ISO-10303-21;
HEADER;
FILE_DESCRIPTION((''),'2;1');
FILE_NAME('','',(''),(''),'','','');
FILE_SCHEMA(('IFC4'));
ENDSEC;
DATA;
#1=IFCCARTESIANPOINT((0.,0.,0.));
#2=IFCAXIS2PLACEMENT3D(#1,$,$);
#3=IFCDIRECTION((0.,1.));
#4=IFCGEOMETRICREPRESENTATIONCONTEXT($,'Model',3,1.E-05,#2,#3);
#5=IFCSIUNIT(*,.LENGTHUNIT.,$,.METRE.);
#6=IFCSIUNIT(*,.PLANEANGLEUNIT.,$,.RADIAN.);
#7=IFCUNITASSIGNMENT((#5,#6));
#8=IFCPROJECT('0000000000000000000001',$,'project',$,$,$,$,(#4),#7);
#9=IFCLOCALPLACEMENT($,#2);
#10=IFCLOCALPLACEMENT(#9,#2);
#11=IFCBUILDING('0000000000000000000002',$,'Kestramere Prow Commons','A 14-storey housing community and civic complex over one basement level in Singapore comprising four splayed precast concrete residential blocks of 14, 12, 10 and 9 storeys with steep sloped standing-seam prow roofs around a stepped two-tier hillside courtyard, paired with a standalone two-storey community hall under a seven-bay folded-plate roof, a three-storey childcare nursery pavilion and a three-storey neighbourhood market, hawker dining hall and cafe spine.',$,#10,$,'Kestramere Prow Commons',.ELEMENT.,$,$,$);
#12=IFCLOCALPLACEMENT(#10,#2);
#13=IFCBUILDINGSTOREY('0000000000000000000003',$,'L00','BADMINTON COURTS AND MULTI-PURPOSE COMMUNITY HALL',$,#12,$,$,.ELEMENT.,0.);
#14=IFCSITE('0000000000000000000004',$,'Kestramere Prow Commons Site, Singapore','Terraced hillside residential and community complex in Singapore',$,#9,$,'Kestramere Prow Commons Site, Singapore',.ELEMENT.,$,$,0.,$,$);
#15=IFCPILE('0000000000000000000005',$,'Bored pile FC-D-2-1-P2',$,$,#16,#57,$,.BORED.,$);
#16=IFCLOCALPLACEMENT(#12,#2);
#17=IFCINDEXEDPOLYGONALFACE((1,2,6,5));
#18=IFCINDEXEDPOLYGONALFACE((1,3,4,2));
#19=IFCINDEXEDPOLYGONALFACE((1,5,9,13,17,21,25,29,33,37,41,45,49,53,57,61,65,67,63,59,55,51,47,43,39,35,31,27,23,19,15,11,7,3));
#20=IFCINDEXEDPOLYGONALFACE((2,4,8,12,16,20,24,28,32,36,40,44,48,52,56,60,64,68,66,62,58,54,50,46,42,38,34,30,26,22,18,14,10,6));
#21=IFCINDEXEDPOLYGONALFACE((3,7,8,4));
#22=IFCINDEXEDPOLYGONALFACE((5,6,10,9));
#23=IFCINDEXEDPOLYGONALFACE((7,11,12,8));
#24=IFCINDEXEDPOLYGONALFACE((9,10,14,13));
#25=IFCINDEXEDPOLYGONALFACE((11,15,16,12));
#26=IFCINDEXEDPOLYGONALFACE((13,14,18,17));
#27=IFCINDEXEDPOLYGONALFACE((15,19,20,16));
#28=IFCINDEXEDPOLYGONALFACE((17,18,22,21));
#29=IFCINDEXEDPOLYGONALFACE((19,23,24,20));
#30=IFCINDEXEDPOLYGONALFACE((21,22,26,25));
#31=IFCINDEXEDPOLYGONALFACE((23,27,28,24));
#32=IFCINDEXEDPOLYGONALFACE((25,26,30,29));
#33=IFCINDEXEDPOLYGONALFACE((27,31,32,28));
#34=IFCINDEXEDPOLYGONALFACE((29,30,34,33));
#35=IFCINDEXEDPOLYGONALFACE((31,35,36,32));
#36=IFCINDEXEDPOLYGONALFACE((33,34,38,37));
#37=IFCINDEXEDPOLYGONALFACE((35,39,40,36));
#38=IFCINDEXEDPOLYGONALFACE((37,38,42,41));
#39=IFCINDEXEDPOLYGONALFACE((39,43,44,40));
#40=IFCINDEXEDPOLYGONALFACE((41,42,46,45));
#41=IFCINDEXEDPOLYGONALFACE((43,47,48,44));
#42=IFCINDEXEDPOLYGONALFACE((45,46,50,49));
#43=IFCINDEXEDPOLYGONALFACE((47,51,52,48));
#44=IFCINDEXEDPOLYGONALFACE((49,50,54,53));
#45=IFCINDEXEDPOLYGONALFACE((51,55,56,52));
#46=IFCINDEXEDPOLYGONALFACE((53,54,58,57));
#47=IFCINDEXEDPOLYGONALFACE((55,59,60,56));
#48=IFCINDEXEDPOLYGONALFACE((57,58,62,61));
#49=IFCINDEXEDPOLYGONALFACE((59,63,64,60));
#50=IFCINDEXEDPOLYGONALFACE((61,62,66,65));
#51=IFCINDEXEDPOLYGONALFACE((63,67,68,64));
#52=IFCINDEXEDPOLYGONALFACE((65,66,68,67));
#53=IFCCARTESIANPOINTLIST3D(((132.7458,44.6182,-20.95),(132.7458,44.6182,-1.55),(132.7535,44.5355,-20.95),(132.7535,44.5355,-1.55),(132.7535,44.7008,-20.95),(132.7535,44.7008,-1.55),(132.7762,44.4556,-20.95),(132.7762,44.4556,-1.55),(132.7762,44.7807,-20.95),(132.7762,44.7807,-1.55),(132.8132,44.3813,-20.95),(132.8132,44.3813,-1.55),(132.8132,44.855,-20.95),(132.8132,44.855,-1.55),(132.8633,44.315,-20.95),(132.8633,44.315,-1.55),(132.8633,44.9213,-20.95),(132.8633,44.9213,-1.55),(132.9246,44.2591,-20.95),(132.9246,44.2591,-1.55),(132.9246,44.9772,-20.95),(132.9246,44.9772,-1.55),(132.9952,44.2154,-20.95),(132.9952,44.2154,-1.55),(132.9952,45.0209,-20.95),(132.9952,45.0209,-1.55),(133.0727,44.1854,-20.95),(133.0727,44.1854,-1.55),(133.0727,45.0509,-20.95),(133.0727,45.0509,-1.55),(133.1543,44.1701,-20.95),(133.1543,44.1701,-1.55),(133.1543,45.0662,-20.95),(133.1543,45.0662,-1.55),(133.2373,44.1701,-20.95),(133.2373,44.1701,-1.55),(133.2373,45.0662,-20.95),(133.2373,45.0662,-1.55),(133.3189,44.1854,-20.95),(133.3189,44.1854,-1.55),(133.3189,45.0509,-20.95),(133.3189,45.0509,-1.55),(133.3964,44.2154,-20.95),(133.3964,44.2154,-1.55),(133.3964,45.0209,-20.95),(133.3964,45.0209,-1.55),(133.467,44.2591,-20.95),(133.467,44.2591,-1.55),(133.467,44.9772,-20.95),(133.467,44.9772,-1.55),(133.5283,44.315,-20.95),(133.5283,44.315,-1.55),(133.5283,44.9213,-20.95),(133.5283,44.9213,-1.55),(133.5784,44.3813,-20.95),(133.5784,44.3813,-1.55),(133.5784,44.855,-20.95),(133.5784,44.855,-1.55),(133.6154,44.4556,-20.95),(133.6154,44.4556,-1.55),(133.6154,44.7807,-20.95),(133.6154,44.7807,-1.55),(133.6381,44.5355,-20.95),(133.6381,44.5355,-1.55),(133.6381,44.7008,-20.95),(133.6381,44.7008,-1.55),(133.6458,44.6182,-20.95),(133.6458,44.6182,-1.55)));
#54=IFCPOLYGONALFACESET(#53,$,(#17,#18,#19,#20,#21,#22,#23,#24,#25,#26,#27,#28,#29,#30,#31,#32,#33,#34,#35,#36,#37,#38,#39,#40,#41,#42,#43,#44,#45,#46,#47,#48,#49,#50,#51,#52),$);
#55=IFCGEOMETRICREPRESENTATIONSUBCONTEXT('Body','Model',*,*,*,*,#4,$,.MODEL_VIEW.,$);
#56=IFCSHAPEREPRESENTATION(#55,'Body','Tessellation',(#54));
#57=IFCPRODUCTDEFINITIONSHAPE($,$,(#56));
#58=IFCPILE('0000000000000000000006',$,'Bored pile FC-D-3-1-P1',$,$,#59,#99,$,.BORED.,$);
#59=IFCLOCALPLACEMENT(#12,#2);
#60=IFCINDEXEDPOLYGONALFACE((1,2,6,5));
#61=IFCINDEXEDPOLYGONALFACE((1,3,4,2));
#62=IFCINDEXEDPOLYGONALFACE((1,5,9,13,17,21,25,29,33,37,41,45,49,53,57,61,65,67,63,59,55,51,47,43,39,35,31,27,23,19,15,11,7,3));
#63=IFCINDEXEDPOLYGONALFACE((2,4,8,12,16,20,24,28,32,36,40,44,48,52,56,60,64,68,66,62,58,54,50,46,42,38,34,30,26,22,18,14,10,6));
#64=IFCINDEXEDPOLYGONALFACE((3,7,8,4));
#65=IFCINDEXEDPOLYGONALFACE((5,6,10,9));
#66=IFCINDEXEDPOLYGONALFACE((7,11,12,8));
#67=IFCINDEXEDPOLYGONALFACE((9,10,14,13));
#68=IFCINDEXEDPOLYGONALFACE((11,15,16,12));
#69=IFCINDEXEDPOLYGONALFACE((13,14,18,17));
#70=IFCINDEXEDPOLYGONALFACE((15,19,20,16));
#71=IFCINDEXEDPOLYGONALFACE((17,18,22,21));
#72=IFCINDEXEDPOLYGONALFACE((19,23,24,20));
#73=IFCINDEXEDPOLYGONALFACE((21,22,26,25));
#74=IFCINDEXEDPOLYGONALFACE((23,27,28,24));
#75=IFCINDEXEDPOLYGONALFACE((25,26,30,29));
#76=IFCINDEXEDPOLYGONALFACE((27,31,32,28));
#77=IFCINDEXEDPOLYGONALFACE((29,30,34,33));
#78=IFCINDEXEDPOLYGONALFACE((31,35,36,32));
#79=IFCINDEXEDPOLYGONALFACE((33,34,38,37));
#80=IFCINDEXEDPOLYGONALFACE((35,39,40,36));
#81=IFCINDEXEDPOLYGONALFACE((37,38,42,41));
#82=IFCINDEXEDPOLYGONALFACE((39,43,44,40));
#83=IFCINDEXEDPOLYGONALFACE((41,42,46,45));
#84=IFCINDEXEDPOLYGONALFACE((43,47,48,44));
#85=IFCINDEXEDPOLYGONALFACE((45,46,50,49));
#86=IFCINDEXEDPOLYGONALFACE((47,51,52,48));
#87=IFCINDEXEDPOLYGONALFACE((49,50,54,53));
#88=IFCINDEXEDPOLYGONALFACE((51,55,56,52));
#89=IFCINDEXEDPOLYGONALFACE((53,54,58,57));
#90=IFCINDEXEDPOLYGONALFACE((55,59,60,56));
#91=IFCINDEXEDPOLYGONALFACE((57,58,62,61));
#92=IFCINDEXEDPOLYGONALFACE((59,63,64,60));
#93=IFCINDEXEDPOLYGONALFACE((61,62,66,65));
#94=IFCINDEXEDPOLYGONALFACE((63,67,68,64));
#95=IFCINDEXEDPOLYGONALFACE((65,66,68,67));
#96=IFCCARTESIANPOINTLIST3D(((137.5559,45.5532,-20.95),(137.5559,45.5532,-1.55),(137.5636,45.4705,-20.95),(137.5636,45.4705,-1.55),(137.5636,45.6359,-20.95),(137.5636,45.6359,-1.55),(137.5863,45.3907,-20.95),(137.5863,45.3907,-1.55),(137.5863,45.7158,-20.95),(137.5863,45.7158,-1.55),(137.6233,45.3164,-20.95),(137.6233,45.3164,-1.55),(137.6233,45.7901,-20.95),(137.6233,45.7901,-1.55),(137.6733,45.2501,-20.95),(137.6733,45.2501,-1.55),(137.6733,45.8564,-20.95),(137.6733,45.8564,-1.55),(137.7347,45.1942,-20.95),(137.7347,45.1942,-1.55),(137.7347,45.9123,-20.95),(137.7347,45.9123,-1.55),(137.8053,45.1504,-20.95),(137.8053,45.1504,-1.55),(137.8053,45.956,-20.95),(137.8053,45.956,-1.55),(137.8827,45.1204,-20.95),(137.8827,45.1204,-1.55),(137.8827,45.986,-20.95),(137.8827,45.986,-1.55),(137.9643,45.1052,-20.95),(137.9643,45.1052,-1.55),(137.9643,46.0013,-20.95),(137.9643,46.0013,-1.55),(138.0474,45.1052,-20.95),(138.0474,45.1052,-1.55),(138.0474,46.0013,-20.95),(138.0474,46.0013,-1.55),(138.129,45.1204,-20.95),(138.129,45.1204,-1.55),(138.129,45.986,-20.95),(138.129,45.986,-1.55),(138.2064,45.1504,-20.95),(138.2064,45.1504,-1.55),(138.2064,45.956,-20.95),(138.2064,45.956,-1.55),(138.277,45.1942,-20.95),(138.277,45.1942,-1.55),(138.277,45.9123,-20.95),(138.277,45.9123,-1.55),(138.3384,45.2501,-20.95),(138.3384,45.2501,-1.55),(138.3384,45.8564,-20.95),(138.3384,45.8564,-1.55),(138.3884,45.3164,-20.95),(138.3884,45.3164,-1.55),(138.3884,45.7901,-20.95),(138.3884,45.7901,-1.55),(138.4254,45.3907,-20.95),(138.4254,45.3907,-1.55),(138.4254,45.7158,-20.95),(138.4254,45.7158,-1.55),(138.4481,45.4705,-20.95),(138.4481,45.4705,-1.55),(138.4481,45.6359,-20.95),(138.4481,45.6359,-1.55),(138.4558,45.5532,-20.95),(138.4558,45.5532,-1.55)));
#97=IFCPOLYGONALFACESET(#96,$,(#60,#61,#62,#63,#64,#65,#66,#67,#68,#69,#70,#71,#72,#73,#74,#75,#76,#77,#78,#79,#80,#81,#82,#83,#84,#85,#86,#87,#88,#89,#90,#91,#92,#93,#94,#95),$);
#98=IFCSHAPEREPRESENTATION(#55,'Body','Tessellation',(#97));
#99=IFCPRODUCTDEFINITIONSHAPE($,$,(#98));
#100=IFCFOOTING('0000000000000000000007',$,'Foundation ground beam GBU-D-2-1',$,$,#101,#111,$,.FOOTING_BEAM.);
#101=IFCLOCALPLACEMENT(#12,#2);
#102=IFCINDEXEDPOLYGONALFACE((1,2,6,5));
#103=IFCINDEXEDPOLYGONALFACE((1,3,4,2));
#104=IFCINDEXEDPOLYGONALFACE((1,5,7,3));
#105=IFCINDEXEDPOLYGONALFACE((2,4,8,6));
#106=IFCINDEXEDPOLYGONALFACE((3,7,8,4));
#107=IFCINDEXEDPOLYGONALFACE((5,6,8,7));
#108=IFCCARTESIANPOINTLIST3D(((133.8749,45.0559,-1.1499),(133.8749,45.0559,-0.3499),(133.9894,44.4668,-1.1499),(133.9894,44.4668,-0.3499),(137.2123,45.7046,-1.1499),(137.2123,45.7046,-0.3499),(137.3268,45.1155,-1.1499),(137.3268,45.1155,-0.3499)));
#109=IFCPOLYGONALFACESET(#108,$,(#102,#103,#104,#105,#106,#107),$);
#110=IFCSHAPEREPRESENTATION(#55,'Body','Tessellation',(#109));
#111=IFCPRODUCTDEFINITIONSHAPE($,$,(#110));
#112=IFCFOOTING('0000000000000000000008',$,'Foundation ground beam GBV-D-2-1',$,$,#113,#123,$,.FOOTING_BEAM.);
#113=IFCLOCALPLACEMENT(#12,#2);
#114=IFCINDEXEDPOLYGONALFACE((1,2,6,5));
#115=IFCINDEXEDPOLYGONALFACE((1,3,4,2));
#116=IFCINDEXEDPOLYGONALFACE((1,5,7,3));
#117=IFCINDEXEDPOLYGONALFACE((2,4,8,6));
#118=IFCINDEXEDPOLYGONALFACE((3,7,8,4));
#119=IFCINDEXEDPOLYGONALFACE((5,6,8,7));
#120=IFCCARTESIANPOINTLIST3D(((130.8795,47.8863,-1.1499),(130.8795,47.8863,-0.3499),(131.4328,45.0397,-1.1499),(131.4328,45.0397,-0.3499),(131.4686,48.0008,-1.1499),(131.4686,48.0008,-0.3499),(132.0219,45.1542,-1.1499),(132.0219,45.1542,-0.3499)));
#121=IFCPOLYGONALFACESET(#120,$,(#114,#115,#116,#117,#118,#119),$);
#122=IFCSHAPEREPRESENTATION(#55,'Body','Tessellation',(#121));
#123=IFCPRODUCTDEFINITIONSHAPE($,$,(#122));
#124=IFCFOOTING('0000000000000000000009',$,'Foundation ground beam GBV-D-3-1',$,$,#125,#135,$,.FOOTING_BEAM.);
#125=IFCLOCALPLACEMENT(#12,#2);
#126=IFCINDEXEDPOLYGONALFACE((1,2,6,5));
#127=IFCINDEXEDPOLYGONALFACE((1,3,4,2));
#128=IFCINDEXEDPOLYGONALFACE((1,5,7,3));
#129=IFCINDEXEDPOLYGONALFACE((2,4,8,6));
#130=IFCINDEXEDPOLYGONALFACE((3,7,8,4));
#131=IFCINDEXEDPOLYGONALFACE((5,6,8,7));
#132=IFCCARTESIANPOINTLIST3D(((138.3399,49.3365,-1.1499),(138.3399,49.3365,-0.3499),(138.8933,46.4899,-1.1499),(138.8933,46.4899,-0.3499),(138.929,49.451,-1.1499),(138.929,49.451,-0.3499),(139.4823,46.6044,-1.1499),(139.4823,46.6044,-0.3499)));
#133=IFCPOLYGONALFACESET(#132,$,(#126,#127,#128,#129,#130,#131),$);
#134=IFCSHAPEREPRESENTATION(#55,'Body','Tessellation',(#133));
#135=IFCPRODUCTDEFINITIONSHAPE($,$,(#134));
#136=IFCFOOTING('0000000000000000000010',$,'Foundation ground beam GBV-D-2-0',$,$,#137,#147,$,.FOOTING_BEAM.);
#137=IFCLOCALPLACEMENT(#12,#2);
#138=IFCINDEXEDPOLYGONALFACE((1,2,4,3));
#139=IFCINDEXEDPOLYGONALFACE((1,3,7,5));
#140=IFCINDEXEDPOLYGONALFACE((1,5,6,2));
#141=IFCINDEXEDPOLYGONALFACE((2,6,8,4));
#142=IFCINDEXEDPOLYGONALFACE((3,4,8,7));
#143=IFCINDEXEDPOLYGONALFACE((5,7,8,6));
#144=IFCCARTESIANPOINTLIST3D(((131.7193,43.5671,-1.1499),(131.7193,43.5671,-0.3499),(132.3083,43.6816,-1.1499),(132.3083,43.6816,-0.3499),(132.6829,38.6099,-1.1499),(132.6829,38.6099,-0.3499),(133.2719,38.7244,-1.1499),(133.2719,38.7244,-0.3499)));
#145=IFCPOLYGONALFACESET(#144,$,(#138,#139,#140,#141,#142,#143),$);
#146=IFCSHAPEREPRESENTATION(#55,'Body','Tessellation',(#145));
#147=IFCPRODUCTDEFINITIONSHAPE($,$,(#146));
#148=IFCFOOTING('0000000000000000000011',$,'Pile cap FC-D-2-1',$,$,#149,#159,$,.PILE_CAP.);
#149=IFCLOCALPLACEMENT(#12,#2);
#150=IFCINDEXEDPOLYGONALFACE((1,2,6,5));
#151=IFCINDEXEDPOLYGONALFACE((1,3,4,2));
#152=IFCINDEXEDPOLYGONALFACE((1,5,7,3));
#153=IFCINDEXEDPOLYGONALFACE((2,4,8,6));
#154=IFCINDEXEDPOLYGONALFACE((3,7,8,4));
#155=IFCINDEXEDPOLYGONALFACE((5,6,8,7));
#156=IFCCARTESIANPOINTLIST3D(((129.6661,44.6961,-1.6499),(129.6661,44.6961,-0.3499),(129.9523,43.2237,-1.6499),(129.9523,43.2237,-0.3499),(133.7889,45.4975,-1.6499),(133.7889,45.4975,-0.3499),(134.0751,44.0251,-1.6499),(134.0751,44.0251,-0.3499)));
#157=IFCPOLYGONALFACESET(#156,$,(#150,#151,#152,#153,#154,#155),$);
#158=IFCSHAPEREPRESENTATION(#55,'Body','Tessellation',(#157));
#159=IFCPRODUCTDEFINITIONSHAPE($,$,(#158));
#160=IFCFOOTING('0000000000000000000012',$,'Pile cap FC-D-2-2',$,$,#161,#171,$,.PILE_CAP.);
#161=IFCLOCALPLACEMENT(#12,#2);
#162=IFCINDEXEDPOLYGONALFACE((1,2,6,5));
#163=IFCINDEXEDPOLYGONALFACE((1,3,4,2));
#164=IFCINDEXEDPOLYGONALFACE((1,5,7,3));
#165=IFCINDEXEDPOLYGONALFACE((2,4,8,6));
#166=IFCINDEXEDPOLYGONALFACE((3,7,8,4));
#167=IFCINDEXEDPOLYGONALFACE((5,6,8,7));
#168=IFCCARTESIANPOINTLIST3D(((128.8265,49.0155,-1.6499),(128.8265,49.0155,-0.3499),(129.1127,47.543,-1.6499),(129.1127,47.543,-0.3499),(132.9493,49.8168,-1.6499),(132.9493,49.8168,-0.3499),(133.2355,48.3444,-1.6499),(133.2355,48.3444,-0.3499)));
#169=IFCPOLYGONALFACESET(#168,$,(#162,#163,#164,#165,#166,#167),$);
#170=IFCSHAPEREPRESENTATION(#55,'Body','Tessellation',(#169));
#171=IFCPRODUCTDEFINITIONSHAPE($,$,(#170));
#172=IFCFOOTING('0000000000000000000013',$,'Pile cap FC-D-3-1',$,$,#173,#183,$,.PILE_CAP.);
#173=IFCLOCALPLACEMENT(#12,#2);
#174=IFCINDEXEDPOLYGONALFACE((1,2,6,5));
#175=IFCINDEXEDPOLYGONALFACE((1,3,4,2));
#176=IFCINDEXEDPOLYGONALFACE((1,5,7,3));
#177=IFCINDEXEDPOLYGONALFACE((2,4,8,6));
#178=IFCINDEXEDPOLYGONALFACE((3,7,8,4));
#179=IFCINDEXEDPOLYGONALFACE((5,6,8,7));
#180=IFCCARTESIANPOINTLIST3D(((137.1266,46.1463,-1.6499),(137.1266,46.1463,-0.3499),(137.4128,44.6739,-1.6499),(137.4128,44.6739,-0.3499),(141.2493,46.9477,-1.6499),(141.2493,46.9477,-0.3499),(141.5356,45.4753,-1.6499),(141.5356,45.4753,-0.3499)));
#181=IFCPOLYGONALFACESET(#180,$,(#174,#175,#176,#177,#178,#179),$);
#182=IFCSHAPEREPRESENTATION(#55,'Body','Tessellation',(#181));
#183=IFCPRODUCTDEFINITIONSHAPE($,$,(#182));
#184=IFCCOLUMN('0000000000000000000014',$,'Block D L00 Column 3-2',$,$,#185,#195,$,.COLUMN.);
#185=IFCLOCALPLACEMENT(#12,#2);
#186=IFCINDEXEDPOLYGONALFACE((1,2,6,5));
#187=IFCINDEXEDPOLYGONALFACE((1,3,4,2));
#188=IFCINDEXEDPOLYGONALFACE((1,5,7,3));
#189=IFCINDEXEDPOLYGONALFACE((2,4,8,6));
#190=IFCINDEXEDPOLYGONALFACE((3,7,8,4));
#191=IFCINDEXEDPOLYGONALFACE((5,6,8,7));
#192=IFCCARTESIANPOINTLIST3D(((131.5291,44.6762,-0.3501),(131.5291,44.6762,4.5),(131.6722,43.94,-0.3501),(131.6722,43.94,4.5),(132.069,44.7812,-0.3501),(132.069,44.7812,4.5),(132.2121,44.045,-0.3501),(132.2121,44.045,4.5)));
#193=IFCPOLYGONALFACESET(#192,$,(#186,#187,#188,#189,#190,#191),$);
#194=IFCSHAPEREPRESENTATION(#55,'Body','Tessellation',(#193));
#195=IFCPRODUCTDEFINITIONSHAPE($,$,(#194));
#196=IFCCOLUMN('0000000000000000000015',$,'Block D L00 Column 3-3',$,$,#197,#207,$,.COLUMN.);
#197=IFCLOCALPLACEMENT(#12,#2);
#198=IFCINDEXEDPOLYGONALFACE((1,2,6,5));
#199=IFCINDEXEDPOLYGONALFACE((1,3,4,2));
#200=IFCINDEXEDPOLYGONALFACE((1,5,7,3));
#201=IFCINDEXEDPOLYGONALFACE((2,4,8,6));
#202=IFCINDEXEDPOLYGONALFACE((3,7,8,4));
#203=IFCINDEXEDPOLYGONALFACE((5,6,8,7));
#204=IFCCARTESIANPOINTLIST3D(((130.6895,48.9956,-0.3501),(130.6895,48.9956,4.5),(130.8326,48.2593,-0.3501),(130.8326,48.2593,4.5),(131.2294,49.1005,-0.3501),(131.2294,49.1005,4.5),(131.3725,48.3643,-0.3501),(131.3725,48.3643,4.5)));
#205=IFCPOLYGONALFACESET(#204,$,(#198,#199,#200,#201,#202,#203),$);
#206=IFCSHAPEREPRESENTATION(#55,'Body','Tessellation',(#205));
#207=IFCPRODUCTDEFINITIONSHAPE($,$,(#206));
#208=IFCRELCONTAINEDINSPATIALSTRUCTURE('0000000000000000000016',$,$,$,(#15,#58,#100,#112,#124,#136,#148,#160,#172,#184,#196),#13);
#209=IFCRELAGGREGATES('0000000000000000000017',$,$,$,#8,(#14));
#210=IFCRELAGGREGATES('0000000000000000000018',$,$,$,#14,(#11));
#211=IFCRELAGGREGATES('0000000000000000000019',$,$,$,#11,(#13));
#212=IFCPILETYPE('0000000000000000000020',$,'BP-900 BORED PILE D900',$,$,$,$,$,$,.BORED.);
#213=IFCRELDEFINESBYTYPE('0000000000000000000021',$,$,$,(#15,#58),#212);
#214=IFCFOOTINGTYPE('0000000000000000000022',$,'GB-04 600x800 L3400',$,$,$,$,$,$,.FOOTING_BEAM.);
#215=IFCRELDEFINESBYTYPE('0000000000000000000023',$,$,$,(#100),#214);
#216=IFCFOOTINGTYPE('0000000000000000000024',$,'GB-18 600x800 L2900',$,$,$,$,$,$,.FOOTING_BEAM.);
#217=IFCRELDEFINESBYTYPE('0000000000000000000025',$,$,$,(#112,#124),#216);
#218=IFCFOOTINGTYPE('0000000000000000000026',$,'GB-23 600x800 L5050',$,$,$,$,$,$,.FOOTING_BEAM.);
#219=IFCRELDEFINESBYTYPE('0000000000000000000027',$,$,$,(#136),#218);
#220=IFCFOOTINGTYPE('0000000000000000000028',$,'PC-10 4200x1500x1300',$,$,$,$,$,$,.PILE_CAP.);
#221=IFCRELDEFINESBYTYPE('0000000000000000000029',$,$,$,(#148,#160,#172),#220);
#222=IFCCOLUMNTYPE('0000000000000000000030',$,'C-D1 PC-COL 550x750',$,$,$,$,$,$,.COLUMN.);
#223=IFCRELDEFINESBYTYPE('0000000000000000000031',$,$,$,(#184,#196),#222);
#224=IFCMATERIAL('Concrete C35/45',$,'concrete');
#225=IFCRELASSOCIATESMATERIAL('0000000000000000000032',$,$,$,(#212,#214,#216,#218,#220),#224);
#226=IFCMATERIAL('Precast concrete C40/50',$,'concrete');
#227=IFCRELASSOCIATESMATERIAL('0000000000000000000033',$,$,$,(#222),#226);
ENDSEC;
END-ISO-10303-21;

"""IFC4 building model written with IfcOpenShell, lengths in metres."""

from ifc_helpers import new_model, si_unit, direction, frame, origin, origin_2d, place, context, subcontext, project, spatial, rectangle, circle, extrude, material, material_profile, profile_set, type_object, element, save


model = new_model("IFC4")

# Units and contexts
model_context = context("Model", 3, precision=1e-05, world=origin(), true_north=direction((0.0, 1.0)))
body_context = subcontext(model_context, "Body", "Model", "MODEL_VIEW")
ifc_project = project(units=[si_unit("LENGTHUNIT", "METRE"), si_unit("PLANEANGLEUNIT", "RADIAN")], contexts=[model_context])

# Site, building, storey
site_placement = place(None, origin())
site = spatial("IfcSite", under=ifc_project, at=site_placement, Name="Kestramere Prow Commons Site, Singapore", Description="Terraced hillside residential and community complex in Singapore", LongName="Kestramere Prow Commons Site, Singapore", CompositionType="ELEMENT", RefElevation=0.0)
building_placement = place(site_placement, origin())
building = spatial("IfcBuilding", under=site, at=building_placement, Name="Kestramere Prow Commons", Description="A 14-storey housing community and civic complex over one basement level in Singapore comprising four splayed precast concrete residential blocks of 14, 12, 10 and 9 storeys with steep sloped standing-seam prow roofs around a stepped two-tier hillside courtyard, paired with a standalone two-storey community hall under a seven-bay folded-plate roof, a three-storey childcare nursery pavilion and a three-storey neighbourhood market, hawker dining hall and cafe spine.", LongName="Kestramere Prow Commons", CompositionType="ELEMENT")
storey_placement = place(building_placement, origin())
storey = spatial("IfcBuildingStorey", under=building, at=storey_placement, Name="L00", Description="BADMINTON COURTS AND MULTI-PURPOSE COMMUNITY HALL", CompositionType="ELEMENT", Elevation=0.0)

# Piles
ifc_material_1 = material(Name="Concrete C35/45", Category="concrete")
ifc_material_profile_1 = material_profile(ifc_material_1, circle(Radius=0.45, at=origin_2d()), Name="BORED PILE D900")
ifc_profile_set_1 = profile_set([ifc_material_profile_1], Name="Concrete C35/45")
pile_type = type_object("IfcPileType", Name="BP-900 BORED PILE D900", PredefinedType="BORED", material=ifc_profile_set_1)
for number, where, z_axis, x_axis, name in (
    (1, (133.1958, 44.6182, -1.55), (0.0, 0.0, -1.0), (1.0, 0.0, 0.0), "Bored pile FC-D-2-1-P2"),
    (2, (138.0059, 45.5532, -1.55), (0.0, 0.0, -1.0), (1.0, 0.0, 0.0), "Bored pile FC-D-3-1-P1"),
):
    element("IfcPile", number, at=place(storey_placement, frame(where, z_axis=z_axis, x_axis=x_axis)), inside=storey, type_object=pile_type, Name=name, PredefinedType="BORED", context=body_context, shape_type="SweptSolid", body=[
        extrude(circle(Radius=0.45, at=origin_2d()), origin(), (0.0, 0.0, 1.0), 19.3999),
    ])

# Footings
footing_type_1 = type_object("IfcFootingType", Name="GB-04 600x800 L3400", PredefinedType="FOOTING_BEAM", material=ifc_material_1)
footing_1_placement = place(storey_placement, frame((135.6008, 45.0857, -1.1499), z_axis=(0.0, 0.0, 1.0), x_axis=(0.981627, 0.190809, 0.0)))
element("IfcFooting", 3, at=footing_1_placement, inside=storey, type_object=footing_type_1, Name="Foundation ground beam GBU-D-2-1", PredefinedType="FOOTING_BEAM", context=body_context, shape_type="SweptSolid", body=[
    extrude(rectangle(XDim=3.3999, YDim=0.6001, at=origin_2d()), origin(), (0.0, 0.0, 1.0), 0.8),
])
footing_type_2 = type_object("IfcFootingType", Name="GB-18 600x800 L2900", PredefinedType="FOOTING_BEAM", material=ifc_material_1)
for number, where, z_axis, x_axis, name in (
    (4, (131.4507, 46.5203, -1.1499), (0.0, 0.0, 1.0), (-0.190809, 0.981627, 0.0), "Foundation ground beam GBV-D-2-1"),
    (5, (138.9111, 47.9705, -1.1499), (0.0, 0.0, 1.0), (-0.190809, 0.981627, 0.0), "Foundation ground beam GBV-D-3-1"),
):
    element("IfcFooting", number, at=place(storey_placement, frame(where, z_axis=z_axis, x_axis=x_axis)), inside=storey, type_object=footing_type_2, Name=name, PredefinedType="FOOTING_BEAM", context=body_context, shape_type="SweptSolid", body=[
        extrude(rectangle(XDim=2.8999, YDim=0.6001, at=origin_2d()), origin(), (0.0, 0.0, 1.0), 0.8),
    ])
footing_type_3 = type_object("IfcFootingType", Name="GB-23 600x800 L5050", PredefinedType="FOOTING_BEAM", material=ifc_material_1)
footing_2_placement = place(storey_placement, frame((132.4956, 41.1458, -1.1499), z_axis=(0.0, 0.0, 1.0), x_axis=(-0.190809, 0.981627, 0.0)))
element("IfcFooting", 6, at=footing_2_placement, inside=storey, type_object=footing_type_3, Name="Foundation ground beam GBV-D-2-0", PredefinedType="FOOTING_BEAM", context=body_context, shape_type="SweptSolid", body=[
    extrude(rectangle(XDim=5.05, YDim=0.6001, at=origin_2d()), origin(), (0.0, 0.0, 1.0), 0.8),
])
footing_type_4 = type_object("IfcFootingType", Name="PC-10 4200x1500x1300", PredefinedType="PILE_CAP", material=ifc_material_1)
for number, where, z_axis, x_axis, name in (
    (7, (131.8706, 44.3606, -1.6499), (0.0, 0.0, 1.0), (0.981627, 0.190809, 0.0), "Pile cap FC-D-2-1"),
    (8, (131.031, 48.6799, -1.6499), (0.0, 0.0, 1.0), (0.981627, 0.190809, 0.0), "Pile cap FC-D-2-2"),
    (9, (139.3311, 45.8108, -1.6499), (0.0, 0.0, 1.0), (0.981627, 0.190809, 0.0), "Pile cap FC-D-3-1"),
):
    element("IfcFooting", number, at=place(storey_placement, frame(where, z_axis=z_axis, x_axis=x_axis)), inside=storey, type_object=footing_type_4, Name=name, PredefinedType="PILE_CAP", context=body_context, shape_type="SweptSolid", body=[
        extrude(rectangle(XDim=4.2, YDim=1.5, at=origin_2d()), origin(), (0.0, 0.0, 1.0), 1.3),
    ])

# Columns
ifc_material_2 = material(Name="Precast concrete C40/50", Category="concrete")
ifc_material_profile_2 = material_profile(ifc_material_2, rectangle(XDim=0.55, YDim=0.75, at=origin_2d()), Name="PC-COL 550x750")
ifc_profile_set_2 = profile_set([ifc_material_profile_2], Name="Precast concrete C40/50")
column_type = type_object("IfcColumnType", Name="C-D1 PC-COL 550x750", PredefinedType="COLUMN", material=ifc_profile_set_2)
for number, where, z_axis, x_axis, name in (
    (10, (131.8706, 44.3606, -0.3501), (0.0, 0.0, 1.0), (0.981627, 0.190809, 0.0), "Block D L00 Column 3-2"),
    (11, (131.031, 48.6799, -0.3501), (0.0, 0.0, 1.0), (0.981627, 0.190809, 0.0), "Block D L00 Column 3-3"),
):
    element("IfcColumn", number, at=place(storey_placement, frame(where, z_axis=z_axis, x_axis=x_axis)), inside=storey, type_object=column_type, Name=name, PredefinedType="COLUMN", context=body_context, shape_type="SweptSolid", body=[
        extrude(rectangle(XDim=0.55, YDim=0.75, at=origin_2d()), origin(), (0.0, 0.0, 1.0), 4.8501),
    ])

save(model, "model.ifc")
